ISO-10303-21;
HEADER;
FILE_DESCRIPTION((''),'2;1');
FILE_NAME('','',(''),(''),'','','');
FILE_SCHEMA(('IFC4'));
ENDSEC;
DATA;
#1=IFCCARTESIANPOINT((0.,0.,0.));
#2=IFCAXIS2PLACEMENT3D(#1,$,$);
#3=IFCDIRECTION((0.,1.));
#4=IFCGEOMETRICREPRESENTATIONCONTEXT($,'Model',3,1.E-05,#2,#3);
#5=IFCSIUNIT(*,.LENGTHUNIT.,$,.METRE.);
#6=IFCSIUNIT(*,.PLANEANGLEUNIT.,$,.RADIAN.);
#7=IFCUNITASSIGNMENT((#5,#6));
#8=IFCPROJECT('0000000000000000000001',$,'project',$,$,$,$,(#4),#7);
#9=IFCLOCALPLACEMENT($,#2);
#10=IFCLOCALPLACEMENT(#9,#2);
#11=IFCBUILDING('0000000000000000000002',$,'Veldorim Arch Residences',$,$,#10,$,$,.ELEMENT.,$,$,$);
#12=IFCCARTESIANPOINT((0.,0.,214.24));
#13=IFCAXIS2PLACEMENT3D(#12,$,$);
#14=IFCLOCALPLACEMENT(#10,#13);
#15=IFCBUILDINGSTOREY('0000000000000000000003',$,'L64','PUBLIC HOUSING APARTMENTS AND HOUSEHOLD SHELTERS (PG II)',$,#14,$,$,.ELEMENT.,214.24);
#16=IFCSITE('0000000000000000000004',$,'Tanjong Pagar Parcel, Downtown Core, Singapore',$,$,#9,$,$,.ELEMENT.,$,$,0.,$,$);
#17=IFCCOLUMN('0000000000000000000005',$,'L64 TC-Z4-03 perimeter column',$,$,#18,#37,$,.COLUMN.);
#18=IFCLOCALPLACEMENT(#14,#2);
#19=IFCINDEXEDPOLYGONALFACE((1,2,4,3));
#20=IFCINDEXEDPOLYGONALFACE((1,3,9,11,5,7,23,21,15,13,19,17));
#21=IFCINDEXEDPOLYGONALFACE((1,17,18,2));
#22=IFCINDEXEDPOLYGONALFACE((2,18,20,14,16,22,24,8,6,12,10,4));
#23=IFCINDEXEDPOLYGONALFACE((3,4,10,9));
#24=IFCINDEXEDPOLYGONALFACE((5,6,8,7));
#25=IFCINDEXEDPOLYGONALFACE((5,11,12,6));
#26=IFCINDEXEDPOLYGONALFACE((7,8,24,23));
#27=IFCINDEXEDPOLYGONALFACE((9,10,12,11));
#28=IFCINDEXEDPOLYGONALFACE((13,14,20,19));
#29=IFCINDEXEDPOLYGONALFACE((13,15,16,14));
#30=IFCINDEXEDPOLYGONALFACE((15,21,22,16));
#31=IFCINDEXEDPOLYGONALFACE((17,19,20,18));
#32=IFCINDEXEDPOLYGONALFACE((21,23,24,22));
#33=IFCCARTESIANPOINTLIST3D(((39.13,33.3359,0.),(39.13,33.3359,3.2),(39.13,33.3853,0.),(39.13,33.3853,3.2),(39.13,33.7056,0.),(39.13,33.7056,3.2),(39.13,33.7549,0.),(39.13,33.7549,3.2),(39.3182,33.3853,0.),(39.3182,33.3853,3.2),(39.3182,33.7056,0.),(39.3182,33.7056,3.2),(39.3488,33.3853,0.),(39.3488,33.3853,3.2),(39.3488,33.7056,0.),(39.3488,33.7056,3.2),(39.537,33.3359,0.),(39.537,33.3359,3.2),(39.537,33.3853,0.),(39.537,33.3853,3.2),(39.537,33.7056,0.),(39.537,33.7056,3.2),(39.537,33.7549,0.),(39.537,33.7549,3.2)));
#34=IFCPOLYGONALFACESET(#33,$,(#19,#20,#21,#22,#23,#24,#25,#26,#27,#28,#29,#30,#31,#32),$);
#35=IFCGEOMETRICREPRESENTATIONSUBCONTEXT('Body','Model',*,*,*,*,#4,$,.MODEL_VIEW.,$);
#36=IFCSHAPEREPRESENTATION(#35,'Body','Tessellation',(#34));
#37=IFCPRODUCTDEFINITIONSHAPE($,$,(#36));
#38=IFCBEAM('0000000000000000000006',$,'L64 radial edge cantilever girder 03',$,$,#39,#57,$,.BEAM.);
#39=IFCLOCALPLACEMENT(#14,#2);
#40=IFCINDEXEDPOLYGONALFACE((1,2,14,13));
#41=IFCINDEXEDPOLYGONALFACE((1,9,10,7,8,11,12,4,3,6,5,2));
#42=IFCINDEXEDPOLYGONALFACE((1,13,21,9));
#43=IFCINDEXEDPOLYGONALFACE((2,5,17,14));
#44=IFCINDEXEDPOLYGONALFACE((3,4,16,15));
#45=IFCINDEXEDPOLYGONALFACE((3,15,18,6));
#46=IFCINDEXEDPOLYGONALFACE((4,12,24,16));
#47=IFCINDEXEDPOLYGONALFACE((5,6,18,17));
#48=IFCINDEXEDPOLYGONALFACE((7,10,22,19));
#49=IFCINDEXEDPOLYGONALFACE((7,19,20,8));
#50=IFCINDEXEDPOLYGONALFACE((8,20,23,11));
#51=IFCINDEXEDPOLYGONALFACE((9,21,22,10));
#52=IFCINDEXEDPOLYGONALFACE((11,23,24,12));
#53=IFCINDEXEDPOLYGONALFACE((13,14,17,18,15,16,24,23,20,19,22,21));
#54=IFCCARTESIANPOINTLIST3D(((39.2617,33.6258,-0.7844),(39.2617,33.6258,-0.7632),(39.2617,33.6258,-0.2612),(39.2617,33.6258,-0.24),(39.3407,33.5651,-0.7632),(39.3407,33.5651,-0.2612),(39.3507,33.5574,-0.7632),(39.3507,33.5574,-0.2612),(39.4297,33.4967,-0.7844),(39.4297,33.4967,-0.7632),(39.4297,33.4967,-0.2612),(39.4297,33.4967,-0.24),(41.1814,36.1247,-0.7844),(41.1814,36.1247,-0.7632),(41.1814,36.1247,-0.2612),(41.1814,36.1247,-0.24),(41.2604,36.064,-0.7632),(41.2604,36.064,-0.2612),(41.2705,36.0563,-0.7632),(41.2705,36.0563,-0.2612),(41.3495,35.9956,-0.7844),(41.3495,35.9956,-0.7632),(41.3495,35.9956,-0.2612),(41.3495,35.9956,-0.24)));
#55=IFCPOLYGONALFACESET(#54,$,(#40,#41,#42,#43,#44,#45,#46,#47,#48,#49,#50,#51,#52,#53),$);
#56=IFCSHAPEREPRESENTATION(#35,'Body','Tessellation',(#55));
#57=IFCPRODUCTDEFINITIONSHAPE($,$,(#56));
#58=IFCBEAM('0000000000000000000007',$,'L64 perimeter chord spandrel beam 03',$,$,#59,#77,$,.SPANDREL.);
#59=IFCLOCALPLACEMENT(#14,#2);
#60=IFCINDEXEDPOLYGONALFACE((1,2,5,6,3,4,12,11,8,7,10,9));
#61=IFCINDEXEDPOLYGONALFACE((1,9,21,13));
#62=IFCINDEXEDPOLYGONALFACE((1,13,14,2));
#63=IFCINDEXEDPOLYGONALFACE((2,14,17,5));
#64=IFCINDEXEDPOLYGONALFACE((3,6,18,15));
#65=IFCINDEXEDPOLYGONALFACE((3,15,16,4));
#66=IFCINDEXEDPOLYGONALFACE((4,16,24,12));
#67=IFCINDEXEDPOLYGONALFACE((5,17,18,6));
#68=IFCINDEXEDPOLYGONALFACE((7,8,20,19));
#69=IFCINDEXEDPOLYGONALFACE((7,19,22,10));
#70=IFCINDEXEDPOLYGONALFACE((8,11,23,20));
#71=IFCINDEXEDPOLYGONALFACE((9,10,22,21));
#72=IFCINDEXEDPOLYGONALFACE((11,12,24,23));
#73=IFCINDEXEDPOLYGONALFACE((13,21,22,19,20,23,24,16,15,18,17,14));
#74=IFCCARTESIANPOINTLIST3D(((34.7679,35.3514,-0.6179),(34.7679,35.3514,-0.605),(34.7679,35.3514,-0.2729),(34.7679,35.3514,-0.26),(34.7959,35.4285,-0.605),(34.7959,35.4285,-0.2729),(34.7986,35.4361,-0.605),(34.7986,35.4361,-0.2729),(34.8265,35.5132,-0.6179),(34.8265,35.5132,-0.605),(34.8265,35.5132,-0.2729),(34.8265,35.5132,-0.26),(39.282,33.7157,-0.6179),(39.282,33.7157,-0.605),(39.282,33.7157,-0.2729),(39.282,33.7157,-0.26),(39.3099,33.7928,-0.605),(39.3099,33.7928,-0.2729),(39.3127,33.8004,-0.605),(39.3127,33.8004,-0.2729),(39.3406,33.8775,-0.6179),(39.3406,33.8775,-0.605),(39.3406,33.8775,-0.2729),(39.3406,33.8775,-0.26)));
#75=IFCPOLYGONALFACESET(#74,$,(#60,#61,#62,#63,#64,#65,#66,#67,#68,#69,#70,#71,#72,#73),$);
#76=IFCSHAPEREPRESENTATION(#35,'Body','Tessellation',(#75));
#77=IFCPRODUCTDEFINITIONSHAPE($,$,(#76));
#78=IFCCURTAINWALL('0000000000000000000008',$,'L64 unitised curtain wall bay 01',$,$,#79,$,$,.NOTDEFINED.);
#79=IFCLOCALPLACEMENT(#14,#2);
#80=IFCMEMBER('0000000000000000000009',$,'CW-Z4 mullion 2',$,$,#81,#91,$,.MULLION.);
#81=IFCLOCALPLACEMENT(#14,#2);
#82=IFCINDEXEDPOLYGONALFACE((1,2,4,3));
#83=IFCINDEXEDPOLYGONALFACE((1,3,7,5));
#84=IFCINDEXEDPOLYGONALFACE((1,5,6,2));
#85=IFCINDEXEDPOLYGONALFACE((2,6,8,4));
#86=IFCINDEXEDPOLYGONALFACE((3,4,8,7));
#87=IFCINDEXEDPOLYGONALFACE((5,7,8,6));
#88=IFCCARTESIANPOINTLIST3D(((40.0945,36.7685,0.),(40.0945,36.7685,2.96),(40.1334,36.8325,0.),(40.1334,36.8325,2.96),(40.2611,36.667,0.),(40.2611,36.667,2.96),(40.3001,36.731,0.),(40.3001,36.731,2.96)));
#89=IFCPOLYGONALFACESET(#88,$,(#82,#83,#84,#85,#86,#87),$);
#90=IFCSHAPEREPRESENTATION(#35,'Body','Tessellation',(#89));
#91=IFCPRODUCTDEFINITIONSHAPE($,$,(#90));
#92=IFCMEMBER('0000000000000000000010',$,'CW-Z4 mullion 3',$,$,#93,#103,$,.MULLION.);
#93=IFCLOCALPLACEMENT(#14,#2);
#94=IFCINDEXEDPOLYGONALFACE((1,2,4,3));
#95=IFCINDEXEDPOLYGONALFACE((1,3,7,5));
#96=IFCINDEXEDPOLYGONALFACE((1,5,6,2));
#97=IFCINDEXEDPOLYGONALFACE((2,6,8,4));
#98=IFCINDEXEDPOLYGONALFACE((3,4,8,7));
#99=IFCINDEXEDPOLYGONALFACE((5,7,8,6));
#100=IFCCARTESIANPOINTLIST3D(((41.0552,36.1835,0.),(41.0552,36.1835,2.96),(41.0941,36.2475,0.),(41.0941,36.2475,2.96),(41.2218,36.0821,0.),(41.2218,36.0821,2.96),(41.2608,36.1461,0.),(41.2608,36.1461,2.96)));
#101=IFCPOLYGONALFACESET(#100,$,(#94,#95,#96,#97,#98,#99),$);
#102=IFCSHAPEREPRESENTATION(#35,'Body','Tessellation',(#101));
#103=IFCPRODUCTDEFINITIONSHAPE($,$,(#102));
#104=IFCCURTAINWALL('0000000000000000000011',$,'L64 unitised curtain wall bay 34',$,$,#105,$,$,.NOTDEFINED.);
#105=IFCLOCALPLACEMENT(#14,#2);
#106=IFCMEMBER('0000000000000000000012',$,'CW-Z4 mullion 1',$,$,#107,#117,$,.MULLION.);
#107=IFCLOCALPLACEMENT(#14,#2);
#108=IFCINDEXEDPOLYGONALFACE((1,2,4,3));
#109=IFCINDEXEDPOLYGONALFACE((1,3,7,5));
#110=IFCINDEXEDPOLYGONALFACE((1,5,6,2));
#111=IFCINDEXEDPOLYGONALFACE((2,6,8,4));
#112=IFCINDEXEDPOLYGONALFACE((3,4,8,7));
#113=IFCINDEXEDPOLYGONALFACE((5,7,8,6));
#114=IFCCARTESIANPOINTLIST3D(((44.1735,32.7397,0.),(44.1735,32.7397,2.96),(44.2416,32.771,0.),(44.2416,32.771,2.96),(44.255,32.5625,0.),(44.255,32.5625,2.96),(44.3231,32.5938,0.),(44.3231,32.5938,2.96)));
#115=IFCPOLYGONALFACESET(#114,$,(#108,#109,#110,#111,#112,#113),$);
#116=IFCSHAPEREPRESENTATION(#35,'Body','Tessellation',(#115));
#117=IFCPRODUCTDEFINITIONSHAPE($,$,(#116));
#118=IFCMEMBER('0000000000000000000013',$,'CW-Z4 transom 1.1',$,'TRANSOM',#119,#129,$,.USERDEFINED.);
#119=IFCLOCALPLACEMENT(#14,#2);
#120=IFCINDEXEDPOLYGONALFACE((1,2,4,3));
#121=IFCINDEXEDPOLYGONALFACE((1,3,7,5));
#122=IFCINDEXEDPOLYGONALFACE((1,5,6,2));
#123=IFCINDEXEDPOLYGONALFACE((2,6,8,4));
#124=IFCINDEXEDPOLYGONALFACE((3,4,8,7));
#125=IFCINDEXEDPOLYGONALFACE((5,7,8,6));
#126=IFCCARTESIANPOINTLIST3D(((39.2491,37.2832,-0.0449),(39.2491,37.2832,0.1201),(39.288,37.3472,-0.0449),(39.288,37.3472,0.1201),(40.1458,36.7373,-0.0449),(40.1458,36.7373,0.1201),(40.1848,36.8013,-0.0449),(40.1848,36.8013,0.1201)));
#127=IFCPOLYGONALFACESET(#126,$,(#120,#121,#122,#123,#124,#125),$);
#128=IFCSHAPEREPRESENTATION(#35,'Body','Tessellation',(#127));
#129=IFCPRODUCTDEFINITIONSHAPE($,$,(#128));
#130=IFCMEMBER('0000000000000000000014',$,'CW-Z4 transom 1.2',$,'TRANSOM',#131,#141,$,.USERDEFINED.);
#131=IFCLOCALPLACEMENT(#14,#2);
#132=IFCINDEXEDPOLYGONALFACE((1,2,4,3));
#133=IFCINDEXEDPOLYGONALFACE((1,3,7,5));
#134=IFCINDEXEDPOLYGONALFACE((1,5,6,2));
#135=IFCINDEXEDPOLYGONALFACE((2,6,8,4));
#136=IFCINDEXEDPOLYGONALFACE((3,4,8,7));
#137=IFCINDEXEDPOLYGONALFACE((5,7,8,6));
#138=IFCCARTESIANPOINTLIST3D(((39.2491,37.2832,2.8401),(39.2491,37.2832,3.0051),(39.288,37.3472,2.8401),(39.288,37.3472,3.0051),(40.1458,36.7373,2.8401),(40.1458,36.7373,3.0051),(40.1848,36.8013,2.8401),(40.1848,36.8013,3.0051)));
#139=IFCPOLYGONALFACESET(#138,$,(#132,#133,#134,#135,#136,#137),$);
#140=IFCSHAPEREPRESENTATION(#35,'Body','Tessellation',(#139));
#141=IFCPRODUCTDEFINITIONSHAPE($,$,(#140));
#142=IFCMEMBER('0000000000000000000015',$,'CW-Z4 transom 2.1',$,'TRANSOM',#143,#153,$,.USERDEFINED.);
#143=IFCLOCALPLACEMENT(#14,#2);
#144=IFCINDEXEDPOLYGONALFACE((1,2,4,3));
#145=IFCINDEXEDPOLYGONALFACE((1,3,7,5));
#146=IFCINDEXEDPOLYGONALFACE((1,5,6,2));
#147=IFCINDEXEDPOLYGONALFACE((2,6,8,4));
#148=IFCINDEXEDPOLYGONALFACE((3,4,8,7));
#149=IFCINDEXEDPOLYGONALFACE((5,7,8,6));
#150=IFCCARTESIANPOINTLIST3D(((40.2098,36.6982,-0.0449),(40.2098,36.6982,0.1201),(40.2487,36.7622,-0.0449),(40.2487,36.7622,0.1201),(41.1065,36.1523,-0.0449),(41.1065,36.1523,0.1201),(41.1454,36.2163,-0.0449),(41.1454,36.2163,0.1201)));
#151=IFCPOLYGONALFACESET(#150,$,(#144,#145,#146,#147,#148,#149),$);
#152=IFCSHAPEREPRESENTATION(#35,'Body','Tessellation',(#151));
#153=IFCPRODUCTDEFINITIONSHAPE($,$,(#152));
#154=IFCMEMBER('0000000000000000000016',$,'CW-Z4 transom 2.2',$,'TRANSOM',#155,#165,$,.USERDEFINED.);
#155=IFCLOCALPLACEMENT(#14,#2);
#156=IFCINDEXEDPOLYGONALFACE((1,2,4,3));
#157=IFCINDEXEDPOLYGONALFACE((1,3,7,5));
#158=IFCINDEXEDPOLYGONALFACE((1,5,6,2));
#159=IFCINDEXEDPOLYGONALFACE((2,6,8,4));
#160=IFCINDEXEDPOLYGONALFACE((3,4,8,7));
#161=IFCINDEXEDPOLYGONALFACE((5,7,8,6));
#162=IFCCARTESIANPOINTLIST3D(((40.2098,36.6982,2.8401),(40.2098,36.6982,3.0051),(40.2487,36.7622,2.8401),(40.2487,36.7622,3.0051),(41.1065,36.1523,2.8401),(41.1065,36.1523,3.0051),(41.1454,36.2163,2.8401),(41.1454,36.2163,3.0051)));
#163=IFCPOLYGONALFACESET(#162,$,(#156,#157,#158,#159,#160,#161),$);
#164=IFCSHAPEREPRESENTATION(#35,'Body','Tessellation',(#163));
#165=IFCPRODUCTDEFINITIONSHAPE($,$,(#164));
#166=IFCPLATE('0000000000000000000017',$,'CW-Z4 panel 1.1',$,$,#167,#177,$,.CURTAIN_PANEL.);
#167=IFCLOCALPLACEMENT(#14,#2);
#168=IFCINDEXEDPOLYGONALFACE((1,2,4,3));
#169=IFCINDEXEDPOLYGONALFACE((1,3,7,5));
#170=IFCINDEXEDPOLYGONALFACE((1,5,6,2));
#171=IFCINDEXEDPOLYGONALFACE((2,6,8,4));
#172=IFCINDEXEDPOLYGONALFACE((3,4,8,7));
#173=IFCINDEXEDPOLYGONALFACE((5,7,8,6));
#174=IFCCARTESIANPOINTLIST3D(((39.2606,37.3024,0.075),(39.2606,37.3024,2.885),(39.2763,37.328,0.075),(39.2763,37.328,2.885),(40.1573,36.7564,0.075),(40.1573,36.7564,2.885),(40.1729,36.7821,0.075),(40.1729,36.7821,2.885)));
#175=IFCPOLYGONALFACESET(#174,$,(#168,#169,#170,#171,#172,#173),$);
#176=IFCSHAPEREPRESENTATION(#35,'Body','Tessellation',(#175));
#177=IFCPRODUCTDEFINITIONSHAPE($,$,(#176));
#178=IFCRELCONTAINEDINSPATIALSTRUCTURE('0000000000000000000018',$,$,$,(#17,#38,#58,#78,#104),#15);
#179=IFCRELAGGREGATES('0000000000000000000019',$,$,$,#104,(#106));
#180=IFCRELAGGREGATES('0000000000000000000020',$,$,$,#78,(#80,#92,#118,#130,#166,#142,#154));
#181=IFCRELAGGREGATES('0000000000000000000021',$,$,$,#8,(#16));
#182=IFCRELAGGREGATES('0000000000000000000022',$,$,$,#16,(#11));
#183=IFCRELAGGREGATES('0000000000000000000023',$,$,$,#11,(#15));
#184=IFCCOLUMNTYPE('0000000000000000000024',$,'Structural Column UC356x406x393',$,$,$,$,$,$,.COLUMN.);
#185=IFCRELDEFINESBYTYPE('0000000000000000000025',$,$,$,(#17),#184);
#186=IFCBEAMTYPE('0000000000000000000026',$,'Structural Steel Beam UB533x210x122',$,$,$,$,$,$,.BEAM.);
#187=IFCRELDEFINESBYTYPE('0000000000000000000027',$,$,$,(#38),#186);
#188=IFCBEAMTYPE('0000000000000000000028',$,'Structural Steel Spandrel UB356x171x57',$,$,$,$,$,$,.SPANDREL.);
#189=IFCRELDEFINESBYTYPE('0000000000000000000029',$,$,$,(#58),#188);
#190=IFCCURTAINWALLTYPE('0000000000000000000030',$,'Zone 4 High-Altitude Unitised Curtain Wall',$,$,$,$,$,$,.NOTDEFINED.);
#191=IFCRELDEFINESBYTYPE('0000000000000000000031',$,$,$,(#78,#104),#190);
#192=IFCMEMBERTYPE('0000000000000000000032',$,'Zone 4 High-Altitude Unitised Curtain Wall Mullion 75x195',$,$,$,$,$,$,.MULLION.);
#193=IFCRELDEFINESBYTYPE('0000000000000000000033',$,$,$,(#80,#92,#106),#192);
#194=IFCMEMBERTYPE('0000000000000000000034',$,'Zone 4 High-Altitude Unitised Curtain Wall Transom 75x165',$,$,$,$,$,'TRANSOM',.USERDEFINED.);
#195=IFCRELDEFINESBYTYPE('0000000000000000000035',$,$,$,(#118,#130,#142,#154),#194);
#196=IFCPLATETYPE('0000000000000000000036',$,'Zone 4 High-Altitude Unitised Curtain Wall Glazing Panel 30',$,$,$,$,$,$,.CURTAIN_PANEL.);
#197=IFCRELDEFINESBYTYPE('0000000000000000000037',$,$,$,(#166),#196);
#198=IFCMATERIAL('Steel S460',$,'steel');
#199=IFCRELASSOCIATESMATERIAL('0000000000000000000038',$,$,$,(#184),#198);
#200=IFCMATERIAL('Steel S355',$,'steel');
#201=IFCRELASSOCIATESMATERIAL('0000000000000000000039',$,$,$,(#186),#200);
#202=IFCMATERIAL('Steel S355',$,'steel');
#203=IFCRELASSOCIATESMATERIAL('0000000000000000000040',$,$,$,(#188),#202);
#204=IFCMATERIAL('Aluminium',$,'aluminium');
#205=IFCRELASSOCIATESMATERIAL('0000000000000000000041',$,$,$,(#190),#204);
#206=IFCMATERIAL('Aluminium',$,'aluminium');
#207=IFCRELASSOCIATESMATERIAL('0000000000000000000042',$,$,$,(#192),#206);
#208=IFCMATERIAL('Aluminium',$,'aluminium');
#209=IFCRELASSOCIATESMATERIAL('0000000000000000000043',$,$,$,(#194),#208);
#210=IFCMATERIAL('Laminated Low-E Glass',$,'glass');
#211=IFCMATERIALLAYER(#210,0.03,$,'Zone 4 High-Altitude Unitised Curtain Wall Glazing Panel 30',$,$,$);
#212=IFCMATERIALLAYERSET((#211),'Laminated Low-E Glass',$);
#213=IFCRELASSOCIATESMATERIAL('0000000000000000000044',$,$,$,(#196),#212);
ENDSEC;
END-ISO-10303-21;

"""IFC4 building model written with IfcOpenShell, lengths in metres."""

from ifc_helpers import new_model, si_unit, direction, frame, origin, origin_2d, place, context, subcontext, project, spatial, rectangle, i_section, extrude, material, layer, layer_set, material_profile, profile_set, type_object, element, aggregate, save


model = new_model("IFC4")

# Units and contexts
model_context = context("Model", 3, precision=1e-05, world=origin(), true_north=direction((0.0, 1.0)))
body_context = subcontext(model_context, "Body", "Model", "MODEL_VIEW")
ifc_project = project(units=[si_unit("LENGTHUNIT", "METRE"), si_unit("PLANEANGLEUNIT", "RADIAN")], contexts=[model_context])

# Site, building, storey
site_placement = place(None, origin())
site = spatial("IfcSite", under=ifc_project, at=site_placement, Name="Tanjong Pagar Parcel, Downtown Core, Singapore", CompositionType="ELEMENT", RefElevation=0.0)
building_placement = place(site_placement, origin())
building = spatial("IfcBuilding", under=site, at=building_placement, Name="Veldorim Arch Residences", CompositionType="ELEMENT")
storey_placement = place(building_placement, frame((0.0, 0.0, 214.24)))
storey = spatial("IfcBuildingStorey", under=building, at=storey_placement, Name="L64", Description="PUBLIC HOUSING APARTMENTS AND HOUSEHOLD SHELTERS (PG II)", CompositionType="ELEMENT", Elevation=214.24)

# Column
ifc_material_1 = material(Name="Steel S460", Category="steel")
ifc_material_profile_1 = material_profile(ifc_material_1, i_section(OverallWidth=0.407, OverallDepth=0.4189, WebThickness=0.0305, FlangeThickness=0.0493, at=origin_2d()), Name="UC356x406x393")
ifc_profile_set_1 = profile_set([ifc_material_profile_1], Name="Steel S460")
column_type = type_object("IfcColumnType", Name="Structural Column UC356x406x393", PredefinedType="COLUMN", material=ifc_profile_set_1)
column_placement = place(storey_placement, frame((39.3335, 33.5454, 0.0), z_axis=(0.0, 0.0, 1.0), x_axis=(1.0, 0.0, 0.0)))
element("IfcColumn", 1, at=column_placement, inside=storey, type_object=column_type, Name="L64 TC-Z4-03 perimeter column", PredefinedType="COLUMN", context=body_context, shape_type="SweptSolid", body=[
    extrude(i_section(OverallWidth=0.407, OverallDepth=0.4189, WebThickness=0.0305, FlangeThickness=0.0493, at=origin_2d()), origin(), (0.0, 0.0, 1.0), 3.2),
])

# Beams
ifc_material_2 = material(Name="Steel S355", Category="steel")
ifc_material_profile_2 = material_profile(ifc_material_2, i_section(OverallWidth=0.2119, OverallDepth=0.5444, WebThickness=0.0127, FlangeThickness=0.0212, at=origin_2d()), Name="UB533x210x122")
ifc_profile_set_2 = profile_set([ifc_material_profile_2], Name="Steel S355")
beam_type_1 = type_object("IfcBeamType", Name="Structural Steel Beam UB533x210x122", PredefinedType="BEAM", material=ifc_profile_set_2)
beam_1_placement = place(storey_placement, frame((39.3457, 33.5613, -0.5122), z_axis=(0.60922, 0.793001, 0.0), x_axis=(-0.793001, 0.60922, 0.0)))
element("IfcBeam", 2, at=beam_1_placement, inside=storey, type_object=beam_type_1, Name="L64 radial edge cantilever girder 03", PredefinedType="BEAM", context=body_context, shape_type="SweptSolid", body=[
    extrude(i_section(OverallWidth=0.2119, OverallDepth=0.5444, WebThickness=0.0127, FlangeThickness=0.0212, at=origin_2d()), origin(), (0.0, 0.0, 1.0), 3.1511),
])
ifc_material_3 = material(Name="Steel S355", Category="steel")
ifc_material_profile_3 = material_profile(ifc_material_3, i_section(OverallWidth=0.1721, OverallDepth=0.3579, WebThickness=0.0081, FlangeThickness=0.0129, at=origin_2d()), Name="UB356x171x57")
ifc_profile_set_3 = profile_set([ifc_material_profile_3], Name="Steel S355")
beam_type_2 = type_object("IfcBeamType", Name="Structural Steel Spandrel UB356x171x57", PredefinedType="SPANDREL", material=ifc_profile_set_3)
beam_2_placement = place(storey_placement, frame((39.3113, 33.7966, -0.439), z_axis=(-0.940179, 0.340681, 0.0), x_axis=(-0.340681, -0.940179, 0.0)))
element("IfcBeam", 3, at=beam_2_placement, inside=storey, type_object=beam_type_2, Name="L64 perimeter chord spandrel beam 03", PredefinedType="SPANDREL", context=body_context, shape_type="SweptSolid", body=[
    extrude(i_section(OverallWidth=0.1721, OverallDepth=0.3579, WebThickness=0.0081, FlangeThickness=0.0129, at=origin_2d()), origin(), (0.0, 0.0, 1.0), 4.8013),
])

# Curtain wall, members
ifc_material_4 = material(Name="Aluminium", Category="aluminium")
curtain_wall_type = type_object("IfcCurtainWallType", Name="Zone 4 High-Altitude Unitised Curtain Wall", PredefinedType="NOTDEFINED", material=ifc_material_4)
curtain_wall_1_placement = place(storey_placement, origin())
curtain_wall_1 = element("IfcCurtainWall", 4, at=curtain_wall_1_placement, inside=storey, type_object=curtain_wall_type, Name="L64 unitised curtain wall bay 01", PredefinedType="NOTDEFINED")
ifc_material_5 = material(Name="Aluminium", Category="aluminium")
ifc_material_profile_4 = material_profile(ifc_material_5, rectangle(XDim=0.075, YDim=0.1951, at=origin_2d()), Name="ALU_MUL_75x195")
ifc_profile_set_4 = profile_set([ifc_material_profile_4], Name="Aluminium")
member_type_1 = type_object("IfcMemberType", Name="Zone 4 High-Altitude Unitised Curtain Wall Mullion 75x195", PredefinedType="MULLION", material=ifc_profile_set_4)
member_1_placement = place(storey_placement, frame((40.1973, 36.7498, 0.0), z_axis=(0.0, 0.0, 1.0), x_axis=(0.520033, 0.854146, 0.0)))
member_1 = element("IfcMember", 5, at=member_1_placement, type_object=member_type_1, Name="CW-Z4 mullion 2", PredefinedType="MULLION", context=body_context, shape_type="SweptSolid", body=[
    extrude(rectangle(XDim=0.075, YDim=0.1951, at=origin_2d()), origin(), (0.0, 0.0, 1.0), 2.96),
])
member_2_placement = place(storey_placement, frame((41.158, 36.1648, 0.0), z_axis=(0.0, 0.0, 1.0), x_axis=(0.520033, 0.854146, 0.0)))
member_2 = element("IfcMember", 6, at=member_2_placement, type_object=member_type_1, Name="CW-Z4 mullion 3", PredefinedType="MULLION", context=body_context, shape_type="SweptSolid", body=[
    extrude(rectangle(XDim=0.075, YDim=0.1951, at=origin_2d()), origin(), (0.0, 0.0, 1.0), 2.96),
])

# Curtain wall, member
curtain_wall_2_placement = place(storey_placement, origin())
curtain_wall_2 = element("IfcCurtainWall", 7, at=curtain_wall_2_placement, inside=storey, type_object=curtain_wall_type, Name="L64 unitised curtain wall bay 34", PredefinedType="NOTDEFINED")
member_3_placement = place(storey_placement, frame((44.2483, 32.6667, 0.0), z_axis=(0.0, 0.0, 1.0), x_axis=(0.9084, 0.418102, 0.0)))
member_3 = element("IfcMember", 8, at=member_3_placement, type_object=member_type_1, Name="CW-Z4 mullion 1", PredefinedType="MULLION", context=body_context, shape_type="SweptSolid", body=[
    extrude(rectangle(XDim=0.075, YDim=0.1951, at=origin_2d()), origin(), (0.0, 0.0, 1.0), 2.96),
])
aggregate(curtain_wall_2, [member_3])

# Members
ifc_material_6 = material(Name="Aluminium", Category="aluminium")
ifc_material_profile_5 = material_profile(ifc_material_6, rectangle(XDim=0.075, YDim=0.165, at=origin_2d()), Name="ALU_TRN_75x165")
ifc_profile_set_5 = profile_set([ifc_material_profile_5], Name="Aluminium")
member_type_2 = type_object("IfcMemberType", Name="Zone 4 High-Altitude Unitised Curtain Wall Transom 75x165", ElementType="TRANSOM", PredefinedType="USERDEFINED", material=ifc_profile_set_5)
member_4_placement = place(storey_placement, frame((39.2686, 37.3152, 0.0376), z_axis=(0.854172, -0.519991, 0.0), x_axis=(0.519991, 0.854172, 0.0)))
member_4 = element("IfcMember", 9, at=member_4_placement, type_object=member_type_2, Name="CW-Z4 transom 1.1", ObjectType="TRANSOM", PredefinedType="USERDEFINED", context=body_context, shape_type="SweptSolid", body=[
    extrude(rectangle(XDim=0.075, YDim=0.165, at=origin_2d()), origin(), (0.0, 0.0, 1.0), 1.0498),
])
member_5_placement = place(storey_placement, frame((39.2686, 37.3152, 2.9226), z_axis=(0.854172, -0.519991, 0.0), x_axis=(0.519991, 0.854172, 0.0)))
member_5 = element("IfcMember", 10, at=member_5_placement, type_object=member_type_2, Name="CW-Z4 transom 1.2", ObjectType="TRANSOM", PredefinedType="USERDEFINED", context=body_context, shape_type="SweptSolid", body=[
    extrude(rectangle(XDim=0.075, YDim=0.165, at=origin_2d()), origin(), (0.0, 0.0, 1.0), 1.0498),
])
member_6_placement = place(storey_placement, frame((40.2292, 36.7302, 0.0376), z_axis=(0.854172, -0.519991, 0.0), x_axis=(0.519991, 0.854172, 0.0)))
member_6 = element("IfcMember", 11, at=member_6_placement, type_object=member_type_2, Name="CW-Z4 transom 2.1", ObjectType="TRANSOM", PredefinedType="USERDEFINED", context=body_context, shape_type="SweptSolid", body=[
    extrude(rectangle(XDim=0.075, YDim=0.165, at=origin_2d()), origin(), (0.0, 0.0, 1.0), 1.0498),
])
member_7_placement = place(storey_placement, frame((40.2292, 36.7302, 2.9226), z_axis=(0.854172, -0.519991, 0.0), x_axis=(0.519991, 0.854172, 0.0)))
member_7 = element("IfcMember", 12, at=member_7_placement, type_object=member_type_2, Name="CW-Z4 transom 2.2", ObjectType="TRANSOM", PredefinedType="USERDEFINED", context=body_context, shape_type="SweptSolid", body=[
    extrude(rectangle(XDim=0.075, YDim=0.165, at=origin_2d()), origin(), (0.0, 0.0, 1.0), 1.0498),
])

# Plate
ifc_material_7 = material(Name="Laminated Low-E Glass", Category="glass")
ifc_layer_1 = layer(ifc_material_7, 0.03, Name="Zone 4 High-Altitude Unitised Curtain Wall Glazing Panel 30")
ifc_layer_set_1 = layer_set([ifc_layer_1], Name="Laminated Low-E Glass")
plate_type = type_object("IfcPlateType", Name="Zone 4 High-Altitude Unitised Curtain Wall Glazing Panel 30", PredefinedType="CURTAIN_PANEL", material=ifc_layer_set_1)
plate_1_placement = place(storey_placement, frame((39.7168, 37.0422, 0.075), z_axis=(0.0, 0.0, 1.0), x_axis=(0.854146, -0.520033, 0.0)))
plate_1 = element("IfcPlate", 13, at=plate_1_placement, type_object=plate_type, Name="CW-Z4 panel 1.1", PredefinedType="CURTAIN_PANEL", context=body_context, shape_type="SweptSolid", body=[
    extrude(rectangle(XDim=1.0498, YDim=0.03, at=origin_2d()), origin(), (0.0, 0.0, 1.0), 2.8101),
])
aggregate(curtain_wall_1, [member_1, member_2, member_4, member_5, plate_1, member_6, member_7])

save(model, "model.ifc")
